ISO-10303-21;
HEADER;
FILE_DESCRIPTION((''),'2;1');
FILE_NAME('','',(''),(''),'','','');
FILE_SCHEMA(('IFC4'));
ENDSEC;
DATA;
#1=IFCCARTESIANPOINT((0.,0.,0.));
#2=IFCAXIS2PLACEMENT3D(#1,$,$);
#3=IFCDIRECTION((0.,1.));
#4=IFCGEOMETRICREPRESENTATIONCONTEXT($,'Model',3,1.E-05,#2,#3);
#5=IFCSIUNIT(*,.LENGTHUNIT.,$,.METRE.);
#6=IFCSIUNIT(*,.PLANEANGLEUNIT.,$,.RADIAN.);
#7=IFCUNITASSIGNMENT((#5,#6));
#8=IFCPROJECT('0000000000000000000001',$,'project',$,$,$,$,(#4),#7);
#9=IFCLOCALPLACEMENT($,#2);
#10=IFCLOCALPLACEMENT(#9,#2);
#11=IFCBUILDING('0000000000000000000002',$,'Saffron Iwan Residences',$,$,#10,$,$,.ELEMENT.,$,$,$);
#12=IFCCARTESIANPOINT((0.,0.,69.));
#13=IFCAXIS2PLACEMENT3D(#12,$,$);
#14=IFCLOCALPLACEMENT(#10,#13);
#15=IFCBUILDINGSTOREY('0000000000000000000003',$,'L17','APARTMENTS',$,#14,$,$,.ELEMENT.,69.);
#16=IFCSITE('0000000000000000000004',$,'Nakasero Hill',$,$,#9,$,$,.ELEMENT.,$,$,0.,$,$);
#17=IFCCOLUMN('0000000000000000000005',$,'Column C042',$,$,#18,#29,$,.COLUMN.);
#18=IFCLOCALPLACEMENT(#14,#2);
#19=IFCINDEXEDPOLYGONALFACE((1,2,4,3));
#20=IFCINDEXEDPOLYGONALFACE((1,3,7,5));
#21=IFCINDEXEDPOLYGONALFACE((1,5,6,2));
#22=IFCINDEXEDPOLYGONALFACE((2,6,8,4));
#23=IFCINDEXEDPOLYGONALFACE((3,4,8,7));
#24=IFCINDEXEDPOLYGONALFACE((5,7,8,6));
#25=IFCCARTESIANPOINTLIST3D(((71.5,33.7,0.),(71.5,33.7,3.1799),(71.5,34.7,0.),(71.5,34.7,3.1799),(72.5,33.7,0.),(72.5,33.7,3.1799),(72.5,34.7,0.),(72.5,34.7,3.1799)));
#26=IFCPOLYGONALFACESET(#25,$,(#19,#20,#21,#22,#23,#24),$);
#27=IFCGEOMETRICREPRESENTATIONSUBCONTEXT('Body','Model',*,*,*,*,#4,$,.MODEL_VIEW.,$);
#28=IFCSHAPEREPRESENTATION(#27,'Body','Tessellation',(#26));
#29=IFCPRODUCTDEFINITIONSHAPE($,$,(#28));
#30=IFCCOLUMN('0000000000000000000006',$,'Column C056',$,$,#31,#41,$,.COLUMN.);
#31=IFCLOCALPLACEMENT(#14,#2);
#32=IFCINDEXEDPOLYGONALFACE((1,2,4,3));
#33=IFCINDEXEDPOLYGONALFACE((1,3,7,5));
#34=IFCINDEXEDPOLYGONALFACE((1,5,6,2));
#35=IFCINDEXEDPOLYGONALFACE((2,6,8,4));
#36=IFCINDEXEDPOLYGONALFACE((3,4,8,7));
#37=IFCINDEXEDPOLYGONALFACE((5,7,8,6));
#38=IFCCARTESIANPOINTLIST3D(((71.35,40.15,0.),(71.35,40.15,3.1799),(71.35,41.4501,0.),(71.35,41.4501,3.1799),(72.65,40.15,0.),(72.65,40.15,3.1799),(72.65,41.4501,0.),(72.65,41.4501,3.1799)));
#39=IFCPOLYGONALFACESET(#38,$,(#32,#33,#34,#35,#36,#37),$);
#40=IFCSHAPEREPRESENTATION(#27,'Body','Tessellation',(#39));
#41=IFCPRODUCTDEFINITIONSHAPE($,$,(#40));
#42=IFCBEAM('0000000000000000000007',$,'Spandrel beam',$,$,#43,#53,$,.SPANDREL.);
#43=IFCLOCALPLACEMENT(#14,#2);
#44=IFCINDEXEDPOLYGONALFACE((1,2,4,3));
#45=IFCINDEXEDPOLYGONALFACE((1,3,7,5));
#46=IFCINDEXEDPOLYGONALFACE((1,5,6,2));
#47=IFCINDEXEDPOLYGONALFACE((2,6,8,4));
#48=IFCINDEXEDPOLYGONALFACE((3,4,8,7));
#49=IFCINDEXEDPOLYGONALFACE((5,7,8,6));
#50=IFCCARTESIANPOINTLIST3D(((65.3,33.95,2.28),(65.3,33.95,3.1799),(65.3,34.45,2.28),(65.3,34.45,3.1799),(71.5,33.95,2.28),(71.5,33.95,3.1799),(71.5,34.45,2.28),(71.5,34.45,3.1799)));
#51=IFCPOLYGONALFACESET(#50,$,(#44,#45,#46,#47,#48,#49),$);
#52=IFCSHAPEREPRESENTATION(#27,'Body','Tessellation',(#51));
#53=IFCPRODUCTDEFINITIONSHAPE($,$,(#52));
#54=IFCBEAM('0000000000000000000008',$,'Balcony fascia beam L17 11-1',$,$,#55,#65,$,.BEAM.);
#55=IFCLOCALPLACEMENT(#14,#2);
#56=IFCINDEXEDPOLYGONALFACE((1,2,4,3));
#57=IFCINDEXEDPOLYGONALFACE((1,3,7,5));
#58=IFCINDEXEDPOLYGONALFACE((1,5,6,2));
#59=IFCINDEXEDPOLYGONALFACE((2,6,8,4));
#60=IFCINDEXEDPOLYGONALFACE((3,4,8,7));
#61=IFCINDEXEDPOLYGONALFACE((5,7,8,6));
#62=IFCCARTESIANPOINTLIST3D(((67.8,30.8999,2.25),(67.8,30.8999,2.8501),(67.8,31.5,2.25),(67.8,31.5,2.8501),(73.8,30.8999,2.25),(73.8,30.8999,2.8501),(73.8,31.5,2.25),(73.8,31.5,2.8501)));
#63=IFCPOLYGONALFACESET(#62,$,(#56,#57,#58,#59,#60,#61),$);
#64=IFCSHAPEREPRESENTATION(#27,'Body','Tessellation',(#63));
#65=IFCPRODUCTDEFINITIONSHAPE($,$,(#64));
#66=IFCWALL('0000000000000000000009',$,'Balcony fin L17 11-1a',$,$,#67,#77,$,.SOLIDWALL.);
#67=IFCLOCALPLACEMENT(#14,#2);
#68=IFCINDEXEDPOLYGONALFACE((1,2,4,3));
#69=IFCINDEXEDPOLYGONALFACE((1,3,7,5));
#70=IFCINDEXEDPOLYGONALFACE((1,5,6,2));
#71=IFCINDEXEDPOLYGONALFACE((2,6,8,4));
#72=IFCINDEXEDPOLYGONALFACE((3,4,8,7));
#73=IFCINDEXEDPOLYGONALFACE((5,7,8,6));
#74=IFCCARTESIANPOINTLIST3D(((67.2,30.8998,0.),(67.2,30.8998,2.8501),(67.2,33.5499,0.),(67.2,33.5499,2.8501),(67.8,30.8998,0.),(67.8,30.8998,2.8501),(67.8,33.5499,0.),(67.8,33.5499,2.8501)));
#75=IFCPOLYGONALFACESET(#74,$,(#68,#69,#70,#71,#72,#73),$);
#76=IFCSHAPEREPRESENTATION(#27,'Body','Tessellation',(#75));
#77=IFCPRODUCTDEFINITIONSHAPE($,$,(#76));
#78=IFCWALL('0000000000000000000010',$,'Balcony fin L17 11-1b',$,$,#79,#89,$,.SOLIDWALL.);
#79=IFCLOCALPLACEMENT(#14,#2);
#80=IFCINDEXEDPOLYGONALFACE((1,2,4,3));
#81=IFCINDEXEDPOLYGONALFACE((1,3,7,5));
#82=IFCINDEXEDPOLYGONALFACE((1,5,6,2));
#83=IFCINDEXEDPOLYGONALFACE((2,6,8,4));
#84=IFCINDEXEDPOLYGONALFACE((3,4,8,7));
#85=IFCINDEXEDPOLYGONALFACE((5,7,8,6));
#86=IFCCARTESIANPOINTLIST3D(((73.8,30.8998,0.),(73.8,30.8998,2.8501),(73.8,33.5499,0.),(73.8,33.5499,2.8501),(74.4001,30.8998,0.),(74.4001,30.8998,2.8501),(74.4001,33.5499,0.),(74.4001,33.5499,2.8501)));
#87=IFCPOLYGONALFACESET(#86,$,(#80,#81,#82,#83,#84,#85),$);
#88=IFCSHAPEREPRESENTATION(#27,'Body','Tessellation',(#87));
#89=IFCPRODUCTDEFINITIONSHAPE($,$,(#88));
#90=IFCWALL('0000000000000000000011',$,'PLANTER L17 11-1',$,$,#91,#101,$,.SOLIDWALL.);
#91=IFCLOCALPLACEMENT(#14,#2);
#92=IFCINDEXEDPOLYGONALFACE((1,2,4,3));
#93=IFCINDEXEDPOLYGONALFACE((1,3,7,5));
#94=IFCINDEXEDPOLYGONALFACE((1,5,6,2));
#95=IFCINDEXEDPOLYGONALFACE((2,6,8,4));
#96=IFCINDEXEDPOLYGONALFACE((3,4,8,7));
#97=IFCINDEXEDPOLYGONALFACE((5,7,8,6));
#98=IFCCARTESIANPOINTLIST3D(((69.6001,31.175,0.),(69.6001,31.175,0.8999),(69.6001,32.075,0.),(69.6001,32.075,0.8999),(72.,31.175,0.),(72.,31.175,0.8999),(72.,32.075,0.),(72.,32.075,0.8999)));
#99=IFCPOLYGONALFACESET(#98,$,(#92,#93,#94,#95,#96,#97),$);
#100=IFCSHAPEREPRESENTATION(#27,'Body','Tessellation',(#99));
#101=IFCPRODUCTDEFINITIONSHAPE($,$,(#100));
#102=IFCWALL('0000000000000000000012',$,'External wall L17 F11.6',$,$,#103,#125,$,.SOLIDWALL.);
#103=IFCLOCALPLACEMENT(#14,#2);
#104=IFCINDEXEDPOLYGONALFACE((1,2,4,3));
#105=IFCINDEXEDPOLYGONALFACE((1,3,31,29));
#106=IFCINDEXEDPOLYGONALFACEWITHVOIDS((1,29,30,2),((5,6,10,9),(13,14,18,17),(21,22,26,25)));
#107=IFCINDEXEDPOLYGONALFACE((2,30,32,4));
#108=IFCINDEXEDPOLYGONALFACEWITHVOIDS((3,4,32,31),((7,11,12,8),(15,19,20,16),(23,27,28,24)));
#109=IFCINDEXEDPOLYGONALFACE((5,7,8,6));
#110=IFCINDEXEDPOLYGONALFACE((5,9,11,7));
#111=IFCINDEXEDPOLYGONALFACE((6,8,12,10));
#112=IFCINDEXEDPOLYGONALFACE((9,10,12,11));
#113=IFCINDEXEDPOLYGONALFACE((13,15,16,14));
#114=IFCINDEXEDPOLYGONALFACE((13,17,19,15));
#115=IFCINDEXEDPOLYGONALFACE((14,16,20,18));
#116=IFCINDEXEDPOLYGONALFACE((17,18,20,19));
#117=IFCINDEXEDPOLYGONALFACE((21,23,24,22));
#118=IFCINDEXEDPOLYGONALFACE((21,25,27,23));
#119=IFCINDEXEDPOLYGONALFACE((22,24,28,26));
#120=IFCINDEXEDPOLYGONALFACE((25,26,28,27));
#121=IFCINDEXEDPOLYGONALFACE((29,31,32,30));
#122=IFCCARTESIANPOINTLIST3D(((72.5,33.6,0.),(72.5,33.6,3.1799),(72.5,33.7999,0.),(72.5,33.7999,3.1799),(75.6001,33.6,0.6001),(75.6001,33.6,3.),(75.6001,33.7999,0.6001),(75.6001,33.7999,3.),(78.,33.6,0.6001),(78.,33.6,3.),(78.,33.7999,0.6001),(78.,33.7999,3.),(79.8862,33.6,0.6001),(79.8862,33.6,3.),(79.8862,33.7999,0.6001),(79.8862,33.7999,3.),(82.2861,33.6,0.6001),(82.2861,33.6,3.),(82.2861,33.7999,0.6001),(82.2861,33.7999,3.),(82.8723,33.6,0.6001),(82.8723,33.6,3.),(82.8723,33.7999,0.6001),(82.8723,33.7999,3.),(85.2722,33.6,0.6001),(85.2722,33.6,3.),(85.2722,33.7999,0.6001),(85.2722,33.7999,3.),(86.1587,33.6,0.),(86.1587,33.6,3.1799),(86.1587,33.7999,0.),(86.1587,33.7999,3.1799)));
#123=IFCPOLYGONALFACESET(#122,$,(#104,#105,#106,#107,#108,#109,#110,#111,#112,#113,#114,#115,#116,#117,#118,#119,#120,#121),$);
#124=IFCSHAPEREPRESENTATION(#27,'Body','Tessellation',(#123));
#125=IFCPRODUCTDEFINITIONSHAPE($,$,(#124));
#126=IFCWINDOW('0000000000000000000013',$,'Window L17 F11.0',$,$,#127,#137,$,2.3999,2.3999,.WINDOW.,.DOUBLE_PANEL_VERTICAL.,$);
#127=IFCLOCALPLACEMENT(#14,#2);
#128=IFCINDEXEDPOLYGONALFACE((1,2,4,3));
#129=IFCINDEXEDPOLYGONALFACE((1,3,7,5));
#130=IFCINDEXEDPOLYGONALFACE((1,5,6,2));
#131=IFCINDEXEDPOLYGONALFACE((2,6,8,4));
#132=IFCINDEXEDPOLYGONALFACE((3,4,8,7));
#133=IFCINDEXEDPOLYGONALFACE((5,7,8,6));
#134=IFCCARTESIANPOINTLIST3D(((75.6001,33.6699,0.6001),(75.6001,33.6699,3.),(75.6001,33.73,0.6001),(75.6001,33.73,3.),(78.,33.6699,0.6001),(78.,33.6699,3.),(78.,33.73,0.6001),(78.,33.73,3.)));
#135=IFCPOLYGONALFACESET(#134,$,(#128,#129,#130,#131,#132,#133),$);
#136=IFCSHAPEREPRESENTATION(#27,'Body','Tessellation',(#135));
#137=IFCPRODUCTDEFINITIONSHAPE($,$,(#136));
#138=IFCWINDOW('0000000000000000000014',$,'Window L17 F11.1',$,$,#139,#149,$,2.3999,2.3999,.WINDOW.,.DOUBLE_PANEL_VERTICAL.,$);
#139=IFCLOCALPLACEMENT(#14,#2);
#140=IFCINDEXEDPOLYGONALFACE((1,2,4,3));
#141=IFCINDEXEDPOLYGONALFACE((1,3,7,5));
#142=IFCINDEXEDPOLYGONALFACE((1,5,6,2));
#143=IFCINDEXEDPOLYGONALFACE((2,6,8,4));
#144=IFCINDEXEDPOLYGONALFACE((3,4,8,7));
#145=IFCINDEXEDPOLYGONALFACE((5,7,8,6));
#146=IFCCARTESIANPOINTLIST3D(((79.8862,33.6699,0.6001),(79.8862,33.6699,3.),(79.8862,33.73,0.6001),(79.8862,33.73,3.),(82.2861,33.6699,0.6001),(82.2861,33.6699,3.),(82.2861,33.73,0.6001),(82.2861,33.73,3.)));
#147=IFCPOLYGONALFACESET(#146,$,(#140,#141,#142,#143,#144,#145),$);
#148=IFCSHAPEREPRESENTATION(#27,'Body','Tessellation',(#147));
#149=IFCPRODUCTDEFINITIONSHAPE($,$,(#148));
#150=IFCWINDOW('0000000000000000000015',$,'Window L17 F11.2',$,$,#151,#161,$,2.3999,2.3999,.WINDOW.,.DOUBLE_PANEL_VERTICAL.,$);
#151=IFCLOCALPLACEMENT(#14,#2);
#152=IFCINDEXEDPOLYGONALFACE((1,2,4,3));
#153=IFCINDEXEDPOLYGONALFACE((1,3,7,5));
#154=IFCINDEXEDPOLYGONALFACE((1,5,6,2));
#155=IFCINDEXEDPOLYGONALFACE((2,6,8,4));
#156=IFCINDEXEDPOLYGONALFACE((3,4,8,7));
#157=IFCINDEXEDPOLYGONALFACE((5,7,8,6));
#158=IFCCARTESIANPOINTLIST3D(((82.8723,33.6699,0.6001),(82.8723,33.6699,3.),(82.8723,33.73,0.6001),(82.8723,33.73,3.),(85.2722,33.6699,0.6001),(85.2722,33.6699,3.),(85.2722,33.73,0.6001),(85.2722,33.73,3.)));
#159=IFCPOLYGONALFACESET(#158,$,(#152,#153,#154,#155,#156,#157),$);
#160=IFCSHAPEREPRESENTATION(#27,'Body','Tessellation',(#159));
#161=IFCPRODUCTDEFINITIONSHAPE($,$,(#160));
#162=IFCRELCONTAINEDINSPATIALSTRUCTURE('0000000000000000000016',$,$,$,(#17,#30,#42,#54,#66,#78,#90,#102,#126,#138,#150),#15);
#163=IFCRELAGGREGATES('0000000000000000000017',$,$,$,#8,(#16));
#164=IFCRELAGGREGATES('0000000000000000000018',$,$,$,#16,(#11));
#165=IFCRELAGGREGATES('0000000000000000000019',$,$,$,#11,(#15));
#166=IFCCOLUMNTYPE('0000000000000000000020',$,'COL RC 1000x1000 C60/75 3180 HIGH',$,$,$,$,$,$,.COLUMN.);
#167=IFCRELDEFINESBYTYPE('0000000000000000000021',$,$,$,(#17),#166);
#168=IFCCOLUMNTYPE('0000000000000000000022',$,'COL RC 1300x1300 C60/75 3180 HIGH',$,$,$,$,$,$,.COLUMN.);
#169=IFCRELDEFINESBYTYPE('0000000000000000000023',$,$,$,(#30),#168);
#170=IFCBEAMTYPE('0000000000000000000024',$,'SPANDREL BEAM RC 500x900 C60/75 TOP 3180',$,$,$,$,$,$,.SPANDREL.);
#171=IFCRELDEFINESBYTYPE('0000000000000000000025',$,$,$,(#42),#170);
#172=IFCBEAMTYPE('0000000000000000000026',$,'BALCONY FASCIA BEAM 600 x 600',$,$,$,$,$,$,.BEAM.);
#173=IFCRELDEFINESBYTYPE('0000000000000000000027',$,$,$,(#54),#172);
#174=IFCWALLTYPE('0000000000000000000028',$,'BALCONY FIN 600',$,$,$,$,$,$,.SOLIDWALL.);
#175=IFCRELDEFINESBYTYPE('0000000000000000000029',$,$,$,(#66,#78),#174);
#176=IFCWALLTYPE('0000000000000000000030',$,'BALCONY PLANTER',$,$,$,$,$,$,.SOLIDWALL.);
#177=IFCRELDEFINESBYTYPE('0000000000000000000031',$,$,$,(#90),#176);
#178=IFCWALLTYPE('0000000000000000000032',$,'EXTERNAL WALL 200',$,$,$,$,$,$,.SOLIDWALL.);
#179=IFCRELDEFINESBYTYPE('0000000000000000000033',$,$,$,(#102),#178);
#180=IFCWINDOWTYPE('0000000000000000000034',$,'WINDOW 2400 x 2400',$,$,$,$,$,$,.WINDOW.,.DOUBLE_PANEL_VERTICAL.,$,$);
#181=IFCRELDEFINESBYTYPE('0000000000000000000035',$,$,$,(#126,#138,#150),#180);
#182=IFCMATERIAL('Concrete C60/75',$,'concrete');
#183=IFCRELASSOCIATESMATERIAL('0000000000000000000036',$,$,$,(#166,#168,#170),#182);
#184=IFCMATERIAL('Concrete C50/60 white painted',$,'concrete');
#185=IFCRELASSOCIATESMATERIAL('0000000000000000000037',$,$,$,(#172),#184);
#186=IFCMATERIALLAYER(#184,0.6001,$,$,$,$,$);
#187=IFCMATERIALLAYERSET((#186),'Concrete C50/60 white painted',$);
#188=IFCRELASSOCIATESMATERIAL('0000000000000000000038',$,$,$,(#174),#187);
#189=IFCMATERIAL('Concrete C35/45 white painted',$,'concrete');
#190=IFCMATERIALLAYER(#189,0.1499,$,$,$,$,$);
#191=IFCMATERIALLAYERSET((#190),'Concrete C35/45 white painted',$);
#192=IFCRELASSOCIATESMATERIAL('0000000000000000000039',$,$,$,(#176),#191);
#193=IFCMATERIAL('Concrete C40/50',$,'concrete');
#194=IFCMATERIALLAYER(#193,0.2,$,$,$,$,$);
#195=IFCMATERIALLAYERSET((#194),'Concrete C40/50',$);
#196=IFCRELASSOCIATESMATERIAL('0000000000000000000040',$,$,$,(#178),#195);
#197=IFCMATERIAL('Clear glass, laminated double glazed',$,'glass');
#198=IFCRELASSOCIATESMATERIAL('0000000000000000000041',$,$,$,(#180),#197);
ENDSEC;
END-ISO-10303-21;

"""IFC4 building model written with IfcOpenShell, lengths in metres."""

from ifc_helpers import new_model, si_unit, direction, frame, frame_2d, origin, origin_2d, place, context, subcontext, project, spatial, rectangle, extrude, source, transform, mapped, material, layer, layer_set, material_profile, profile_set, type_object, element, fill, save


model = new_model("IFC4")

# Units and contexts
model_context = context("Model", 3, precision=1e-05, world=origin(), true_north=direction((0.0, 1.0)))
body_context = subcontext(model_context, "Body", "Model", "MODEL_VIEW")
ifc_project = project(units=[si_unit("LENGTHUNIT", "METRE"), si_unit("PLANEANGLEUNIT", "RADIAN")], contexts=[model_context])

# Site, building, storey
site_placement = place(None, origin())
site = spatial("IfcSite", under=ifc_project, at=site_placement, Name="Nakasero Hill", CompositionType="ELEMENT", RefElevation=0.0)
building_placement = place(site_placement, origin())
building = spatial("IfcBuilding", under=site, at=building_placement, Name="Saffron Iwan Residences", CompositionType="ELEMENT")
storey_placement = place(building_placement, frame((0.0, 0.0, 69.0)))
storey = spatial("IfcBuildingStorey", under=building, at=storey_placement, Name="L17", Description="APARTMENTS", CompositionType="ELEMENT", Elevation=69.0)

# Columns
ifc_material_1 = material(Name="Concrete C60/75", Category="concrete")
ifc_material_profile_1 = material_profile(ifc_material_1, rectangle(XDim=1.0, YDim=1.0, at=origin_2d()), Name="RC 1000x1000")
ifc_profile_set_1 = profile_set([ifc_material_profile_1], Name="Concrete C60/75")
column_type_1 = type_object("IfcColumnType", Name="COL RC 1000x1000 C60/75 3180 HIGH", PredefinedType="COLUMN", material=ifc_profile_set_1)
shared_shape_1 = source(origin(), body_context, "Body", "SweptSolid", [
    extrude(rectangle(XDim=1.0, YDim=1.0, at=origin_2d()), origin(), (0.0, 0.0, 1.0), 3.1799),
])
column_1_placement = place(storey_placement, frame((72.0, 34.2, 0.0), z_axis=(0.0, 0.0, 1.0), x_axis=(1.0, 0.0, 0.0)))
element("IfcColumn", 1, at=column_1_placement, inside=storey, type_object=column_type_1, Name="Column C042", PredefinedType="COLUMN", context=body_context, shape_type="MappedRepresentation", body=[
    mapped(shared_shape_1, transform((0.0, 0.0, 0.0))),
])
ifc_material_profile_2 = material_profile(ifc_material_1, rectangle(XDim=1.3, YDim=1.3, at=origin_2d()), Name="RC 1300x1300")
ifc_profile_set_2 = profile_set([ifc_material_profile_2], Name="Concrete C60/75")
column_type_2 = type_object("IfcColumnType", Name="COL RC 1300x1300 C60/75 3180 HIGH", PredefinedType="COLUMN", material=ifc_profile_set_2)
shared_shape_2 = source(origin(), body_context, "Body", "SweptSolid", [
    extrude(rectangle(XDim=1.3, YDim=1.3, at=origin_2d()), origin(), (0.0, 0.0, 1.0), 3.1799),
])
column_2_placement = place(storey_placement, frame((72.0, 40.8, 0.0), z_axis=(0.0, 0.0, 1.0), x_axis=(1.0, 0.0, 0.0)))
element("IfcColumn", 2, at=column_2_placement, inside=storey, type_object=column_type_2, Name="Column C056", PredefinedType="COLUMN", context=body_context, shape_type="MappedRepresentation", body=[
    mapped(shared_shape_2, transform((0.0, 0.0, 0.0))),
])

# Beams
ifc_material_profile_3 = material_profile(ifc_material_1, rectangle(XDim=0.5, YDim=0.8999, at=origin_2d()), Name="RC 500x900")
ifc_profile_set_3 = profile_set([ifc_material_profile_3], Name="Concrete C60/75")
beam_type_1 = type_object("IfcBeamType", Name="SPANDREL BEAM RC 500x900 C60/75 TOP 3180", PredefinedType="SPANDREL", material=ifc_profile_set_3)
shared_shape_3 = source(origin(), body_context, "Body", "SweptSolid", [
    extrude(rectangle(XDim=0.5, YDim=0.8999, at=origin_2d()), origin(), (0.0, 0.0, 1.0), 6.2),
])
beam_1_placement = place(storey_placement, frame((71.5, 34.2, 2.73), z_axis=(-1.0, 0.0, 0.0), x_axis=(0.0, -1.0, 0.0)))
element("IfcBeam", 3, at=beam_1_placement, inside=storey, type_object=beam_type_1, Name="Spandrel beam", PredefinedType="SPANDREL", context=body_context, shape_type="MappedRepresentation", body=[
    mapped(shared_shape_3, transform((0.0, 0.0, 0.0))),
])
ifc_material_2 = material(Name="Concrete C50/60 white painted", Category="concrete")
ifc_material_profile_4 = material_profile(ifc_material_2, rectangle(XDim=0.6001, YDim=0.6001, at=origin_2d()), Name="BALCONY FASCIA BEAM 600 x 600")
ifc_profile_set_4 = profile_set([ifc_material_profile_4], Name="Concrete C50/60 white painted")
beam_type_2 = type_object("IfcBeamType", Name="BALCONY FASCIA BEAM 600 x 600", PredefinedType="BEAM", material=ifc_profile_set_4)
shared_shape_4 = source(origin(), body_context, "Body", "SweptSolid", [
    extrude(rectangle(XDim=0.6001, YDim=0.6001, at=origin_2d()), origin(), (0.0, 0.0, 1.0), 6.0),
])
beam_2_placement = place(storey_placement, frame((67.8, 31.2, 2.55), z_axis=(1.0, 0.0, 0.0), x_axis=(0.0, 1.0, 0.0)))
element("IfcBeam", 4, at=beam_2_placement, inside=storey, type_object=beam_type_2, Name="Balcony fascia beam L17 11-1", PredefinedType="BEAM", context=body_context, shape_type="MappedRepresentation", body=[
    mapped(shared_shape_4, transform((0.0, 0.0, 0.0))),
])

# Walls
ifc_layer_1 = layer(ifc_material_2, 0.6001)
ifc_layer_set_1 = layer_set([ifc_layer_1], Name="Concrete C50/60 white painted")
wall_type_1 = type_object("IfcWallType", Name="BALCONY FIN 600", PredefinedType="SOLIDWALL", material=ifc_layer_set_1)
for number, where, z_axis, x_axis, name in (
    (5, (67.5, 33.55, 0.0), (0.0, 0.0, 1.0), (0.0, -1.0, 0.0), "Balcony fin L17 11-1a"),
    (6, (74.1001, 33.55, 0.0), (0.0, 0.0, 1.0), (0.0, -1.0, 0.0), "Balcony fin L17 11-1b"),
):
    element("IfcWall", number, at=place(storey_placement, frame(where, z_axis=z_axis, x_axis=x_axis)), inside=storey, type_object=wall_type_1, Name=name, PredefinedType="SOLIDWALL", context=body_context, shape_type="SweptSolid", body=[
        extrude(rectangle(XDim=2.6501, YDim=0.6001, at=frame_2d((1.3252, 0.0))), origin(), (0.0, 0.0, 1.0), 2.8501),
    ])
ifc_material_3 = material(Name="Concrete C35/45 white painted", Category="concrete")
ifc_layer_2 = layer(ifc_material_3, 0.1499)
ifc_layer_set_2 = layer_set([ifc_layer_2], Name="Concrete C35/45 white painted")
wall_type_2 = type_object("IfcWallType", Name="BALCONY PLANTER", PredefinedType="SOLIDWALL", material=ifc_layer_set_2)
wall_1_placement = place(storey_placement, frame((69.6001, 31.625, 0.0), z_axis=(0.0, 0.0, 1.0), x_axis=(1.0, 0.0, 0.0)))
element("IfcWall", 7, at=wall_1_placement, inside=storey, type_object=wall_type_2, Name="PLANTER L17 11-1", PredefinedType="SOLIDWALL", context=body_context, shape_type="SweptSolid", body=[
    extrude(rectangle(XDim=2.3999, YDim=0.8999, at=frame_2d((1.2, 0.0))), origin(), (0.0, 0.0, 1.0), 0.8999),
])

# Shared definitions
ifc_material_4 = material(Name="Concrete C40/50", Category="concrete")
ifc_layer_3 = layer(ifc_material_4, 0.2)
ifc_layer_set_3 = layer_set([ifc_layer_3], Name="Concrete C40/50")
wall_type_3 = type_object("IfcWallType", Name="EXTERNAL WALL 200", PredefinedType="SOLIDWALL", material=ifc_layer_set_3)
ifc_material_5 = material(Name="Clear glass, laminated double glazed", Category="glass")

# Wall, openings, windows
wall_2_placement = place(storey_placement, frame((72.5, 33.7, 0.0), z_axis=(0.0, 0.0, 1.0), x_axis=(1.0, 0.0, 0.0)))
wall_2 = element("IfcWall", 8, at=wall_2_placement, inside=storey, type_object=wall_type_3, Name="External wall L17 F11.6", PredefinedType="SOLIDWALL", context=body_context, shape_type="SweptSolid", body=[
    extrude(rectangle(XDim=13.6587, YDim=0.2, at=frame_2d((6.8293, 0.0))), origin(), (0.0, 0.0, 1.0), 3.1799),
])
opening_1_placement = place(wall_2_placement, frame((3.1001, 0.0, 0.6001)))
opening_1 = element("IfcOpeningElement", 9, at=opening_1_placement, cuts=wall_2, PredefinedType="OPENING", context=body_context, shape_type="SweptSolid", body=[
    extrude(rectangle(XDim=2.3999, YDim=2.3999, at=frame_2d((1.2, 1.2))), frame((0.0, 0.1099, 0.0), z_axis=(0.0, -1.0, 0.0), x_axis=(1.0, 0.0, 0.0)), (0.0, 0.0, 1.0), 0.22),
])
opening_2_placement = place(wall_2_placement, frame((7.3862, 0.0, 0.6001)))
opening_2 = element("IfcOpeningElement", 10, at=opening_2_placement, cuts=wall_2, PredefinedType="OPENING", context=body_context, shape_type="SweptSolid", body=[
    extrude(rectangle(XDim=2.3999, YDim=2.3999, at=frame_2d((1.2, 1.2))), frame((0.0, 0.1099, 0.0), z_axis=(0.0, -1.0, 0.0), x_axis=(1.0, 0.0, 0.0)), (0.0, 0.0, 1.0), 0.22),
])
opening_3_placement = place(wall_2_placement, frame((10.3723, 0.0, 0.6001)))
opening_3 = element("IfcOpeningElement", 11, at=opening_3_placement, cuts=wall_2, PredefinedType="OPENING", context=body_context, shape_type="SweptSolid", body=[
    extrude(rectangle(XDim=2.3999, YDim=2.3999, at=frame_2d((1.2, 1.2))), frame((0.0, 0.1099, 0.0), z_axis=(0.0, -1.0, 0.0), x_axis=(1.0, 0.0, 0.0)), (0.0, 0.0, 1.0), 0.22),
])
window_type_1 = type_object("IfcWindowType", Name="WINDOW 2400 x 2400", PartitioningType="DOUBLE_PANEL_VERTICAL", PredefinedType="WINDOW", material=ifc_material_5)
window_1_placement = place(opening_1_placement, origin())
window_1 = element("IfcWindow", 12, at=window_1_placement, inside=storey, type_object=window_type_1, Name="Window L17 F11.0", OverallHeight=2.3999, OverallWidth=2.3999, PartitioningType="DOUBLE_PANEL_VERTICAL", PredefinedType="WINDOW", context=body_context, shape_type="SweptSolid", body=[
    extrude(rectangle(XDim=2.3999, YDim=2.3999, at=frame_2d((1.2, 1.2))), frame((0.0, 0.03, 0.0), z_axis=(0.0, -1.0, 0.0), x_axis=(1.0, 0.0, 0.0)), (0.0, 0.0, 1.0), 0.0601),
])
fill(opening_1, window_1)
window_2_placement = place(opening_2_placement, origin())
window_2 = element("IfcWindow", 13, at=window_2_placement, inside=storey, type_object=window_type_1, Name="Window L17 F11.1", OverallHeight=2.3999, OverallWidth=2.3999, PartitioningType="DOUBLE_PANEL_VERTICAL", PredefinedType="WINDOW", context=body_context, shape_type="SweptSolid", body=[
    extrude(rectangle(XDim=2.3999, YDim=2.3999, at=frame_2d((1.2, 1.2))), frame((0.0, 0.03, 0.0), z_axis=(0.0, -1.0, 0.0), x_axis=(1.0, 0.0, 0.0)), (0.0, 0.0, 1.0), 0.0601),
])
fill(opening_2, window_2)
window_3_placement = place(opening_3_placement, origin())
window_3 = element("IfcWindow", 14, at=window_3_placement, inside=storey, type_object=window_type_1, Name="Window L17 F11.2", OverallHeight=2.3999, OverallWidth=2.3999, PartitioningType="DOUBLE_PANEL_VERTICAL", PredefinedType="WINDOW", context=body_context, shape_type="SweptSolid", body=[
    extrude(rectangle(XDim=2.3999, YDim=2.3999, at=frame_2d((1.2, 1.2))), frame((0.0, 0.03, 0.0), z_axis=(0.0, -1.0, 0.0), x_axis=(1.0, 0.0, 0.0)), (0.0, 0.0, 1.0), 0.0601),
])
fill(opening_3, window_3)

save(model, "model.ifc")
